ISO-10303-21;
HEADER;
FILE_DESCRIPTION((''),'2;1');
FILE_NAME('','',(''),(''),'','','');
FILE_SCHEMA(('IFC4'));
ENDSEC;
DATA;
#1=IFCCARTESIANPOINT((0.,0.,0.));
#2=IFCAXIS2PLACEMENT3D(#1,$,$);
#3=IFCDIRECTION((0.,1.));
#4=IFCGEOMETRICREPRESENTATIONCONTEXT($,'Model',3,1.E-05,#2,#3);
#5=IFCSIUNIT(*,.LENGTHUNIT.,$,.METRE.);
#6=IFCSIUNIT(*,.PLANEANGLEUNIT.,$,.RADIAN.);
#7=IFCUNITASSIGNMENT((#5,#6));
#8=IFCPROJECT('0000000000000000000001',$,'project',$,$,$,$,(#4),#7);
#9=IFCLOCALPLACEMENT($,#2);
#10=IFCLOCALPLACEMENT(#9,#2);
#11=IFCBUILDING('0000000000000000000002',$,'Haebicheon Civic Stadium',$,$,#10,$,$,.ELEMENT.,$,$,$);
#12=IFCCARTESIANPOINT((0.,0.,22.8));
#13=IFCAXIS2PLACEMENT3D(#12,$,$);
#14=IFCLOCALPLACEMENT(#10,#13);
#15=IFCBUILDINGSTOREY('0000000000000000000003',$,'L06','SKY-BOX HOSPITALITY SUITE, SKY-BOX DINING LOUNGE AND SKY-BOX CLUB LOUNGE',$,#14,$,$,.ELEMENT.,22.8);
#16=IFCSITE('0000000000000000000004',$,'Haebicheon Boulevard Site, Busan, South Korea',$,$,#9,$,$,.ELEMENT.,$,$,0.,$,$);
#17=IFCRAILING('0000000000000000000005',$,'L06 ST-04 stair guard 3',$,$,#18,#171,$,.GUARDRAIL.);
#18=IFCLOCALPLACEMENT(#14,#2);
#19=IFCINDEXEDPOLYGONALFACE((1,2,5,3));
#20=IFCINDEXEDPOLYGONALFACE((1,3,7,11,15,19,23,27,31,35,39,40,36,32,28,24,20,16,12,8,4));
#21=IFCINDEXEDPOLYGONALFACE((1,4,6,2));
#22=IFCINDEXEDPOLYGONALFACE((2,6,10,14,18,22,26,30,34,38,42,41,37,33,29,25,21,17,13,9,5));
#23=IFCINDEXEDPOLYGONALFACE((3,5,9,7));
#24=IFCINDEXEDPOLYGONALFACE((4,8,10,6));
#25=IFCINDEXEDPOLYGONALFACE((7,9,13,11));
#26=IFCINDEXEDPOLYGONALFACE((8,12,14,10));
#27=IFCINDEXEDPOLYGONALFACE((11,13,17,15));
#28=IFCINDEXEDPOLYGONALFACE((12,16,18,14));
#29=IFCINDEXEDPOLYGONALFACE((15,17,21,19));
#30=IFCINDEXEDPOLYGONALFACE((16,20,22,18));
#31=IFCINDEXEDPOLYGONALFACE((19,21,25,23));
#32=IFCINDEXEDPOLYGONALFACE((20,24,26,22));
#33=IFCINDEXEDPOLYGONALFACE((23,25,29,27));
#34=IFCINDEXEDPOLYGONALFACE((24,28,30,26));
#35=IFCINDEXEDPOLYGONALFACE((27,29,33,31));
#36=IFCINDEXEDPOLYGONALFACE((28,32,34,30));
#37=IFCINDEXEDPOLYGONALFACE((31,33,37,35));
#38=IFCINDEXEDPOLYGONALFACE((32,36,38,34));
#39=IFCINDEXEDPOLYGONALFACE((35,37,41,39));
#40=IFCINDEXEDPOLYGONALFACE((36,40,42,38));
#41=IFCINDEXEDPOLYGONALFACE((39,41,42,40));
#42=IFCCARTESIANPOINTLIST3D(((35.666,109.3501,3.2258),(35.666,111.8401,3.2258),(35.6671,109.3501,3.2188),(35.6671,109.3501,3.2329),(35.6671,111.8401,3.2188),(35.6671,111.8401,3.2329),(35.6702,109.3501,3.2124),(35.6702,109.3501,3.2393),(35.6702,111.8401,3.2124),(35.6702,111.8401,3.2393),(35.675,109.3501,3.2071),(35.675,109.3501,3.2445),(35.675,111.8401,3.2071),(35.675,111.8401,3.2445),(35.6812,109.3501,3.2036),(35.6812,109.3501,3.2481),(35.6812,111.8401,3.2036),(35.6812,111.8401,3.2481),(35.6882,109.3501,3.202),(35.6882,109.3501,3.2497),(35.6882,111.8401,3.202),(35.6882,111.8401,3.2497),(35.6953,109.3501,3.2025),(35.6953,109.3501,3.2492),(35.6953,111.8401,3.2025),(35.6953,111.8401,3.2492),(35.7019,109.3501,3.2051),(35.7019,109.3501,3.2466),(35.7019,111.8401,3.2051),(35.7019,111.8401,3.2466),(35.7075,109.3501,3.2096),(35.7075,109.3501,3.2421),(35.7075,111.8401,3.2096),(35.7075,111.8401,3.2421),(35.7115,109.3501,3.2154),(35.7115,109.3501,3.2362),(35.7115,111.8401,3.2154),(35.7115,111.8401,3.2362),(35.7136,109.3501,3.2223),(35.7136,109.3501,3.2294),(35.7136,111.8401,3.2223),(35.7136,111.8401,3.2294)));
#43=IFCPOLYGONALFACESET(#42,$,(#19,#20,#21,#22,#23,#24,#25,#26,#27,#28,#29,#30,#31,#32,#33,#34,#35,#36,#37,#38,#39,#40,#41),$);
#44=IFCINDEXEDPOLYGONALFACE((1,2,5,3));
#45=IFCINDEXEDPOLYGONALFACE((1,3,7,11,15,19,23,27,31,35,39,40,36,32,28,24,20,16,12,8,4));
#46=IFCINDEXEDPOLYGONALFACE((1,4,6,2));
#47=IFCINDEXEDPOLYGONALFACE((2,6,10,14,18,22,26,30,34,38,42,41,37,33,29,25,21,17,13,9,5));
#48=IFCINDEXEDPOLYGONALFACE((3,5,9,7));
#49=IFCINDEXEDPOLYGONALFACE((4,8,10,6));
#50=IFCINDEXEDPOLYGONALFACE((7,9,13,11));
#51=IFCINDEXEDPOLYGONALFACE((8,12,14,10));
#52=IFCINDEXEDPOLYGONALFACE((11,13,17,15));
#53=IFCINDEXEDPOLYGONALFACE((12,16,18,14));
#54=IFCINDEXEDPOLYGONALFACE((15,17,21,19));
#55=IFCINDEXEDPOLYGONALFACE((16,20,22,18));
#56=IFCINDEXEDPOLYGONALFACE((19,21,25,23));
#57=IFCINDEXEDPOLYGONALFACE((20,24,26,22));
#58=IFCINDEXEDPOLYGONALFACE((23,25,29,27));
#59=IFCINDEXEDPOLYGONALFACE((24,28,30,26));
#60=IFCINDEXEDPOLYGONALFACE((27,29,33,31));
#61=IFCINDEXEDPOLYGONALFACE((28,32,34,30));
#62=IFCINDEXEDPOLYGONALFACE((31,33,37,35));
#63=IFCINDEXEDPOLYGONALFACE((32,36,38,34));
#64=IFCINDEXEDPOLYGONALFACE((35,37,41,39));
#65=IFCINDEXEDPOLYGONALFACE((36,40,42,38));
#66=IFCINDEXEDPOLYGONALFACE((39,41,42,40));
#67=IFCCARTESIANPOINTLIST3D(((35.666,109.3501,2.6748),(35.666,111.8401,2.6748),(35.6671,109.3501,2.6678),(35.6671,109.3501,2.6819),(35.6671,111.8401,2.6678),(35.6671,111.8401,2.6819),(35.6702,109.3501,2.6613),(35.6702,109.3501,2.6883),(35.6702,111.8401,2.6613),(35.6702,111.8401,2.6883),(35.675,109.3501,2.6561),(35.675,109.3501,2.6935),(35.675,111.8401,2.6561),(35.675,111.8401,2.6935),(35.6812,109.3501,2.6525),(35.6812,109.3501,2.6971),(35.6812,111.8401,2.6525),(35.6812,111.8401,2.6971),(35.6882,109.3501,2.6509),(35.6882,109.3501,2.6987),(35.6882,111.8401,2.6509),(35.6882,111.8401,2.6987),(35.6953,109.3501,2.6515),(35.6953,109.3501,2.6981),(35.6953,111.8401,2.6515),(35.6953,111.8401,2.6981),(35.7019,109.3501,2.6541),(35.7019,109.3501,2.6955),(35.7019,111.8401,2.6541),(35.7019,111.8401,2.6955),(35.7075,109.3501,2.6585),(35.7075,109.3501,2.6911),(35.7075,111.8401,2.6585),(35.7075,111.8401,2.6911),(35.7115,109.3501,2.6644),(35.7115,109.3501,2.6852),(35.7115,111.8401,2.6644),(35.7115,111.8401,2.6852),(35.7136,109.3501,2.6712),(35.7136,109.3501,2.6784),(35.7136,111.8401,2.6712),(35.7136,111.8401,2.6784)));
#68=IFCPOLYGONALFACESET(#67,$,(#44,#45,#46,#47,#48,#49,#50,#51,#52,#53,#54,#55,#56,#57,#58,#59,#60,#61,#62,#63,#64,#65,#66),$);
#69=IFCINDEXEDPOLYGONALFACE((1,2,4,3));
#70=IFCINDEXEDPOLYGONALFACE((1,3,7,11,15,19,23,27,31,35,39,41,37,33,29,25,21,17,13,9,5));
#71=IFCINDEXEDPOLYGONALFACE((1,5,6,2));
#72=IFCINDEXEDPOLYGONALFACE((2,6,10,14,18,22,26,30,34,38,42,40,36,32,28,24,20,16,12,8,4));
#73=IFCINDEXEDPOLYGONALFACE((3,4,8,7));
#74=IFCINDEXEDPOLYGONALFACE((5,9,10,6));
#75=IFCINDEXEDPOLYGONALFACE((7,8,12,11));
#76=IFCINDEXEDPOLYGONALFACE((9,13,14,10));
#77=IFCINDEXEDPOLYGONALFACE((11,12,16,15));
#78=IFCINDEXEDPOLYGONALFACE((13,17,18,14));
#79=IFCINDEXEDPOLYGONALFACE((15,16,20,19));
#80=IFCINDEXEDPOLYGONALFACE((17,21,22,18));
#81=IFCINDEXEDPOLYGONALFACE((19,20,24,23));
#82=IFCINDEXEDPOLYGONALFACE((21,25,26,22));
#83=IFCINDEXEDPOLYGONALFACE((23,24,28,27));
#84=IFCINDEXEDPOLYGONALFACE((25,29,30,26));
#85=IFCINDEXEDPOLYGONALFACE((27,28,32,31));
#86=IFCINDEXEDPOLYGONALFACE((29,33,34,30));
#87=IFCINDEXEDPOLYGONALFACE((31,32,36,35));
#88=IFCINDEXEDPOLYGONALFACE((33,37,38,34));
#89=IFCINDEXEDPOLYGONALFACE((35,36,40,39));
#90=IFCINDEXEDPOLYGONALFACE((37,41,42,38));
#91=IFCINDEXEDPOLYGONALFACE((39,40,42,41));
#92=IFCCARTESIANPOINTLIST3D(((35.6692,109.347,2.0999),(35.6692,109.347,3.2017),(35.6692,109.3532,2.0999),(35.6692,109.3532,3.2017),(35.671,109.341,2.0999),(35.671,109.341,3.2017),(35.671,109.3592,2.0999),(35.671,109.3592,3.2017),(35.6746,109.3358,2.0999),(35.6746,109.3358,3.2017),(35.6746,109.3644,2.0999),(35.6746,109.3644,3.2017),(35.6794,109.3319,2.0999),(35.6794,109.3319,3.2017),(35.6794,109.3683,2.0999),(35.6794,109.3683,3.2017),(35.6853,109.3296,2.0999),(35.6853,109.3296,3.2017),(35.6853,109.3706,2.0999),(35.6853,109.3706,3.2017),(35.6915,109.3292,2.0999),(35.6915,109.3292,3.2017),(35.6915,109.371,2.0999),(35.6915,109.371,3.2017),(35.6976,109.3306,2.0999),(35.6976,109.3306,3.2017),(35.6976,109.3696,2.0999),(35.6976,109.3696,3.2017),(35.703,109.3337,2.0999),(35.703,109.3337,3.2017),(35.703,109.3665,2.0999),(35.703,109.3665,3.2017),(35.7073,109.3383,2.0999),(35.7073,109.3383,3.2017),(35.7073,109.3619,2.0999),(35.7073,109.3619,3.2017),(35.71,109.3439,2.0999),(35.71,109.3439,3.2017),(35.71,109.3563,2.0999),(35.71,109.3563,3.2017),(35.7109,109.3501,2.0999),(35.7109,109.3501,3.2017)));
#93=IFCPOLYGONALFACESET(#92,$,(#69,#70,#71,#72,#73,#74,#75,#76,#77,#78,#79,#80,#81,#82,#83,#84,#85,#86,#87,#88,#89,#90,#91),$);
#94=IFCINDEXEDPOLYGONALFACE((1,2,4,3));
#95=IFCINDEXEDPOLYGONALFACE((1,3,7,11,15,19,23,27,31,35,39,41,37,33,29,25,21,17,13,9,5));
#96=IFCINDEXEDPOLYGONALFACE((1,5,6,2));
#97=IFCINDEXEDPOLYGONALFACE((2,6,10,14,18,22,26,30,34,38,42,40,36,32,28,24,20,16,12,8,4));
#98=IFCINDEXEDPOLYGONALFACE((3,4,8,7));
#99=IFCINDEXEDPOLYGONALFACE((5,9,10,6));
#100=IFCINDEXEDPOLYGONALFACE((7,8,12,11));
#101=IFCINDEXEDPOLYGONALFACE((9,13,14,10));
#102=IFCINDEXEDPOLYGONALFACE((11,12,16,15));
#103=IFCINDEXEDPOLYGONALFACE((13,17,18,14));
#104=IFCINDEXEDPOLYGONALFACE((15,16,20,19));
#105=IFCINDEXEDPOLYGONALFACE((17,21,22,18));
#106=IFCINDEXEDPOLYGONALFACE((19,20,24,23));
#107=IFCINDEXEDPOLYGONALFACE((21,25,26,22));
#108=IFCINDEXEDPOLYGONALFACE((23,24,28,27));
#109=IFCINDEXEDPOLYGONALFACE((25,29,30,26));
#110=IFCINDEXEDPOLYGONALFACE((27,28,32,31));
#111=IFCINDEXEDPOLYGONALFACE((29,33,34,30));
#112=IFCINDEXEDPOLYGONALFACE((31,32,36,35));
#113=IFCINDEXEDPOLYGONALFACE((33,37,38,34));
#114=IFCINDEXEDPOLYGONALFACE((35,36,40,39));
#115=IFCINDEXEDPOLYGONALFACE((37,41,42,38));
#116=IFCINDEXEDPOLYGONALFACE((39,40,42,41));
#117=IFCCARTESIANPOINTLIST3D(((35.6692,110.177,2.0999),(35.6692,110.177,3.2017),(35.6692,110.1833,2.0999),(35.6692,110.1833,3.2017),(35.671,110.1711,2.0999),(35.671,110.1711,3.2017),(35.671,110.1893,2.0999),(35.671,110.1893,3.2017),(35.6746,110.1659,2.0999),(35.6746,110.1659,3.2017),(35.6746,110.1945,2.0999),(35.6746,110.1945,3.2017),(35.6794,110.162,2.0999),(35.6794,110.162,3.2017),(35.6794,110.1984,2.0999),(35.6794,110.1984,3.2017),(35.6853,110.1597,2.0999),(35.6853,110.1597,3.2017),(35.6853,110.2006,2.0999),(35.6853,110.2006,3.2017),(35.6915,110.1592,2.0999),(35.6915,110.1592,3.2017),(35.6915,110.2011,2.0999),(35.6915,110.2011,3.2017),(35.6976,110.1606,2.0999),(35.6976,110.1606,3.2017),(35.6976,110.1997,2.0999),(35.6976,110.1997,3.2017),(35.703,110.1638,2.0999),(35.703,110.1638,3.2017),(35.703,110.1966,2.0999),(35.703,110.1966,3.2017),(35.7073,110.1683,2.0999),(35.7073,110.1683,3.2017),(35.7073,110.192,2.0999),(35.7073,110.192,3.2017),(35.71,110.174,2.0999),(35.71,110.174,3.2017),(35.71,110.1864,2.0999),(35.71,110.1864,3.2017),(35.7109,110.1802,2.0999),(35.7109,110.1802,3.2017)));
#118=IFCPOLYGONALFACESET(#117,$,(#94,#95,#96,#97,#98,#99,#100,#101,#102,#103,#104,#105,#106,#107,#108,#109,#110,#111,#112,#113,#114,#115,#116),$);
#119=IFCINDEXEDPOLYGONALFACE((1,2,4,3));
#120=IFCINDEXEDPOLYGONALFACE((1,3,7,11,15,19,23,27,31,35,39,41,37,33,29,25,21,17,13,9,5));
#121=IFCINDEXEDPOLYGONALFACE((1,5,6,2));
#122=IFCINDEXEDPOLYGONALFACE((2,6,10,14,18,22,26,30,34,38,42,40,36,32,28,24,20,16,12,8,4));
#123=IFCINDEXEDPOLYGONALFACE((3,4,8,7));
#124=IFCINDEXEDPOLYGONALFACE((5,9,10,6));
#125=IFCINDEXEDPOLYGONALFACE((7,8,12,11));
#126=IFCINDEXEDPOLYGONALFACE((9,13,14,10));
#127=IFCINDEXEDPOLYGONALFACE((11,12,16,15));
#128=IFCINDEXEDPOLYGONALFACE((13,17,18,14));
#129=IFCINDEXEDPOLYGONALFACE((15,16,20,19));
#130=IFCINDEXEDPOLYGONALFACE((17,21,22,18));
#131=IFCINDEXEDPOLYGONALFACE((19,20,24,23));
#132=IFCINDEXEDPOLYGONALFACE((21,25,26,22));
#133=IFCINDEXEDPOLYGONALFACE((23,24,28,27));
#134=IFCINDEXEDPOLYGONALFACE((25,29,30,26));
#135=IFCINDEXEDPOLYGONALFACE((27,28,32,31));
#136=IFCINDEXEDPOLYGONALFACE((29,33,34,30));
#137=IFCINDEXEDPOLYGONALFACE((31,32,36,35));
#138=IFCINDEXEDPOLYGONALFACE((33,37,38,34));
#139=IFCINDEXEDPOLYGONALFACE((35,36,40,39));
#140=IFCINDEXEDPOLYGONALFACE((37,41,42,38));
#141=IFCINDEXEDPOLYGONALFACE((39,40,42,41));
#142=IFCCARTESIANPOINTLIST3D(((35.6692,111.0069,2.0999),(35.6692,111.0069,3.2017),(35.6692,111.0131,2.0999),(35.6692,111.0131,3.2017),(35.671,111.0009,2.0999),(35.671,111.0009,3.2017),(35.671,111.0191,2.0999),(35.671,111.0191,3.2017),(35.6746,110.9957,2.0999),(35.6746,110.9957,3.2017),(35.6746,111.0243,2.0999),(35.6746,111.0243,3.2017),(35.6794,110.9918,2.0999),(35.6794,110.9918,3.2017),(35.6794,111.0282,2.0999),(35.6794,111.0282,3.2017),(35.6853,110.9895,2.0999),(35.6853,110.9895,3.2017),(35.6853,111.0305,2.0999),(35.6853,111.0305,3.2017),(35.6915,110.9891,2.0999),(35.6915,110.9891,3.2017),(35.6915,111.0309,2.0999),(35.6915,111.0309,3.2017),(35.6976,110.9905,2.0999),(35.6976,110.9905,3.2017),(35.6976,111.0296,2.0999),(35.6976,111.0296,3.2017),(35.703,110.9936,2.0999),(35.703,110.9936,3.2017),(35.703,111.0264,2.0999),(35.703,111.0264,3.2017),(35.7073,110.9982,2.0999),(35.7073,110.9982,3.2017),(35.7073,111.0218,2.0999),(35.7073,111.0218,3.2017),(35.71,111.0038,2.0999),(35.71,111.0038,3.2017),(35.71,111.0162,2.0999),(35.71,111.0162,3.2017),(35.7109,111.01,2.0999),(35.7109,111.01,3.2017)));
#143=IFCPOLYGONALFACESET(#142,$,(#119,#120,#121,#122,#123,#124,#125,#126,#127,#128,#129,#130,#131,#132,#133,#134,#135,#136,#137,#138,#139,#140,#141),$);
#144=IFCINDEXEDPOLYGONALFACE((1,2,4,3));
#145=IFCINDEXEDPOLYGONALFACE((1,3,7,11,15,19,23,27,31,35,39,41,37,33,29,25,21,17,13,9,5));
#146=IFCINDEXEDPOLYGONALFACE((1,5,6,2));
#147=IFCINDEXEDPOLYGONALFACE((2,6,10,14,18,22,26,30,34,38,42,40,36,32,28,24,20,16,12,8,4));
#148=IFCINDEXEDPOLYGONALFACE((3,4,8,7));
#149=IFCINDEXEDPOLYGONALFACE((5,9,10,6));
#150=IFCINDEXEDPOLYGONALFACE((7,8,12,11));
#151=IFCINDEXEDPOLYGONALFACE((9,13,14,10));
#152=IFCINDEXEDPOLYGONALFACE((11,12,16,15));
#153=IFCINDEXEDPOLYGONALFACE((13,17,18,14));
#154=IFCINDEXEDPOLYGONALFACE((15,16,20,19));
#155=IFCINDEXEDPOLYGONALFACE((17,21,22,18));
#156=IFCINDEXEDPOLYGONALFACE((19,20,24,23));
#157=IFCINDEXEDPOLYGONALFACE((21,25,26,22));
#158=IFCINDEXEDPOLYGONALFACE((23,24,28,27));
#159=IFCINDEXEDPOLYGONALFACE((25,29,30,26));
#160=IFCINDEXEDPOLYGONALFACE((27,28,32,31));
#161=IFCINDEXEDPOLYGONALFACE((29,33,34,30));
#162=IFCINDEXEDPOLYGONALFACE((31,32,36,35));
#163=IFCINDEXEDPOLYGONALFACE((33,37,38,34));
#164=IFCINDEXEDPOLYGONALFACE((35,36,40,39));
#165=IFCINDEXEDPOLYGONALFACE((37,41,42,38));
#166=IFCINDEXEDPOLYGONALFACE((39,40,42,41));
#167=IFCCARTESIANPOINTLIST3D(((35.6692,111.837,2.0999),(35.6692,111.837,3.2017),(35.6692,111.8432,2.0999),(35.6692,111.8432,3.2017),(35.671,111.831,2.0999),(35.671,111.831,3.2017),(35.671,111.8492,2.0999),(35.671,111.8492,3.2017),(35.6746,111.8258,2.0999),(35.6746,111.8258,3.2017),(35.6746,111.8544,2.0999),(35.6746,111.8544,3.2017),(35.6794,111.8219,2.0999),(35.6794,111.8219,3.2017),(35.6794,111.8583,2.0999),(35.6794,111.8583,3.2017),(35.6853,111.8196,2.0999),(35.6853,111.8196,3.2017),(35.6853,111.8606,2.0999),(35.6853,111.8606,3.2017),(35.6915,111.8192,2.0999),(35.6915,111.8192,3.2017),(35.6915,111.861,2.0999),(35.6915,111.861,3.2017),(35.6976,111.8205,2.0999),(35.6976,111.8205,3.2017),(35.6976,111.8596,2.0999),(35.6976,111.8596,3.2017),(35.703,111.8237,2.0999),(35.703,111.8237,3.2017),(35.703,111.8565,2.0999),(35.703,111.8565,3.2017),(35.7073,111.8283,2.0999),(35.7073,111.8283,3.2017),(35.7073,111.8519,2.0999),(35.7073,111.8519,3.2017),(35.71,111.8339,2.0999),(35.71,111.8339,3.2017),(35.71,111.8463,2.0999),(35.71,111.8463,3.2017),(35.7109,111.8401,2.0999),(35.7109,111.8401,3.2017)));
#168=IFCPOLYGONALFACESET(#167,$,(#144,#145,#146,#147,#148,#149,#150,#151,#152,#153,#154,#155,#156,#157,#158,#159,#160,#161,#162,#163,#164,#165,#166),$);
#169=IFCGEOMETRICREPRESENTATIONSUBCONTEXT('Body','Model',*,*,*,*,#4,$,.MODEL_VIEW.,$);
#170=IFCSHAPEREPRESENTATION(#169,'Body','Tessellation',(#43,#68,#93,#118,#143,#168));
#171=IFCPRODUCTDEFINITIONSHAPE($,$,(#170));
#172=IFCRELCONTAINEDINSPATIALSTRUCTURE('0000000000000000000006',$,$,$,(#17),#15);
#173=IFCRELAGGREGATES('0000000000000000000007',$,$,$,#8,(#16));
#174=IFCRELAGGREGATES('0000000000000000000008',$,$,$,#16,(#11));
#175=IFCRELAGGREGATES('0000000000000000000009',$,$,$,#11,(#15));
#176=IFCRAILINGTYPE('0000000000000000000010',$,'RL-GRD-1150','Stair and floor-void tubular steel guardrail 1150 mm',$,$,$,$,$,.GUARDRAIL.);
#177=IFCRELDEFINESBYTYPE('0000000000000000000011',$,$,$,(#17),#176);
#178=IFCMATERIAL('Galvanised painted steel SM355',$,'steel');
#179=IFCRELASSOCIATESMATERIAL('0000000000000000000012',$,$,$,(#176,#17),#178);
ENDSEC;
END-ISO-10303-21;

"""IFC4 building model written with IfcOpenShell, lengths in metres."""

from ifc_helpers import new_model, si_unit, direction, frame, origin, origin_2d, place, context, subcontext, project, spatial, circle, extrude, material, type_object, element, save


model = new_model("IFC4")

# Units and contexts
model_context = context("Model", 3, precision=1e-05, world=origin(), true_north=direction((0.0, 1.0)))
body_context = subcontext(model_context, "Body", "Model", "MODEL_VIEW")
ifc_project = project(units=[si_unit("LENGTHUNIT", "METRE"), si_unit("PLANEANGLEUNIT", "RADIAN")], contexts=[model_context])

# Site, building, storey
site_placement = place(None, origin())
site = spatial("IfcSite", under=ifc_project, at=site_placement, Name="Haebicheon Boulevard Site, Busan, South Korea", CompositionType="ELEMENT", RefElevation=0.0)
building_placement = place(site_placement, origin())
building = spatial("IfcBuilding", under=site, at=building_placement, Name="Haebicheon Civic Stadium", CompositionType="ELEMENT")
storey_placement = place(building_placement, frame((0.0, 0.0, 22.8)))
storey = spatial("IfcBuildingStorey", under=building, at=storey_placement, Name="L06", Description="SKY-BOX HOSPITALITY SUITE, SKY-BOX DINING LOUNGE AND SKY-BOX CLUB LOUNGE", CompositionType="ELEMENT", Elevation=22.8)

# Railing
ifc_material_1 = material(Name="Galvanised painted steel SM355", Category="steel")
railing_type_1 = type_object("IfcRailingType", Name="RL-GRD-1150", Description="Stair and floor-void tubular steel guardrail 1150 mm", PredefinedType="GUARDRAIL", material=ifc_material_1)
for number, where, name in (
    (1, (35.6899, 109.3501, 2.0999), "L06 ST-04 stair guard 3"),
):
    element("IfcRailing", number, at=place(storey_placement, frame(where)), inside=storey, type_object=railing_type_1, material=ifc_material_1, Name=name, PredefinedType="GUARDRAIL", context=body_context, shape_type="SweptSolid", body=[
        extrude(circle(Radius=0.0239, at=origin_2d()), frame((0.0, 0.0, 1.126), z_axis=(0.0, 1.0, 0.0), x_axis=(-1.0, 0.0, 0.0)), (0.0, 0.0, 1.0), 2.49),
        extrude(circle(Radius=0.0239, at=origin_2d()), frame((0.0, 0.0, 0.575), z_axis=(0.0, 1.0, 0.0), x_axis=(-1.0, 0.0, 0.0)), (0.0, 0.0, 1.0), 2.49),
        extrude(circle(Radius=0.021, at=origin_2d()), origin(), (0.0, 0.0, 1.0), 1.1018),
        extrude(circle(Radius=0.021, at=origin_2d()), frame((0.0, 0.8301, 0.0)), (0.0, 0.0, 1.0), 1.1018),
        extrude(circle(Radius=0.021, at=origin_2d()), frame((0.0, 1.6599, 0.0)), (0.0, 0.0, 1.0), 1.1018),
        extrude(circle(Radius=0.021, at=origin_2d()), frame((0.0, 2.49, 0.0)), (0.0, 0.0, 1.0), 1.1018),
    ])

save(model, "model.ifc")
